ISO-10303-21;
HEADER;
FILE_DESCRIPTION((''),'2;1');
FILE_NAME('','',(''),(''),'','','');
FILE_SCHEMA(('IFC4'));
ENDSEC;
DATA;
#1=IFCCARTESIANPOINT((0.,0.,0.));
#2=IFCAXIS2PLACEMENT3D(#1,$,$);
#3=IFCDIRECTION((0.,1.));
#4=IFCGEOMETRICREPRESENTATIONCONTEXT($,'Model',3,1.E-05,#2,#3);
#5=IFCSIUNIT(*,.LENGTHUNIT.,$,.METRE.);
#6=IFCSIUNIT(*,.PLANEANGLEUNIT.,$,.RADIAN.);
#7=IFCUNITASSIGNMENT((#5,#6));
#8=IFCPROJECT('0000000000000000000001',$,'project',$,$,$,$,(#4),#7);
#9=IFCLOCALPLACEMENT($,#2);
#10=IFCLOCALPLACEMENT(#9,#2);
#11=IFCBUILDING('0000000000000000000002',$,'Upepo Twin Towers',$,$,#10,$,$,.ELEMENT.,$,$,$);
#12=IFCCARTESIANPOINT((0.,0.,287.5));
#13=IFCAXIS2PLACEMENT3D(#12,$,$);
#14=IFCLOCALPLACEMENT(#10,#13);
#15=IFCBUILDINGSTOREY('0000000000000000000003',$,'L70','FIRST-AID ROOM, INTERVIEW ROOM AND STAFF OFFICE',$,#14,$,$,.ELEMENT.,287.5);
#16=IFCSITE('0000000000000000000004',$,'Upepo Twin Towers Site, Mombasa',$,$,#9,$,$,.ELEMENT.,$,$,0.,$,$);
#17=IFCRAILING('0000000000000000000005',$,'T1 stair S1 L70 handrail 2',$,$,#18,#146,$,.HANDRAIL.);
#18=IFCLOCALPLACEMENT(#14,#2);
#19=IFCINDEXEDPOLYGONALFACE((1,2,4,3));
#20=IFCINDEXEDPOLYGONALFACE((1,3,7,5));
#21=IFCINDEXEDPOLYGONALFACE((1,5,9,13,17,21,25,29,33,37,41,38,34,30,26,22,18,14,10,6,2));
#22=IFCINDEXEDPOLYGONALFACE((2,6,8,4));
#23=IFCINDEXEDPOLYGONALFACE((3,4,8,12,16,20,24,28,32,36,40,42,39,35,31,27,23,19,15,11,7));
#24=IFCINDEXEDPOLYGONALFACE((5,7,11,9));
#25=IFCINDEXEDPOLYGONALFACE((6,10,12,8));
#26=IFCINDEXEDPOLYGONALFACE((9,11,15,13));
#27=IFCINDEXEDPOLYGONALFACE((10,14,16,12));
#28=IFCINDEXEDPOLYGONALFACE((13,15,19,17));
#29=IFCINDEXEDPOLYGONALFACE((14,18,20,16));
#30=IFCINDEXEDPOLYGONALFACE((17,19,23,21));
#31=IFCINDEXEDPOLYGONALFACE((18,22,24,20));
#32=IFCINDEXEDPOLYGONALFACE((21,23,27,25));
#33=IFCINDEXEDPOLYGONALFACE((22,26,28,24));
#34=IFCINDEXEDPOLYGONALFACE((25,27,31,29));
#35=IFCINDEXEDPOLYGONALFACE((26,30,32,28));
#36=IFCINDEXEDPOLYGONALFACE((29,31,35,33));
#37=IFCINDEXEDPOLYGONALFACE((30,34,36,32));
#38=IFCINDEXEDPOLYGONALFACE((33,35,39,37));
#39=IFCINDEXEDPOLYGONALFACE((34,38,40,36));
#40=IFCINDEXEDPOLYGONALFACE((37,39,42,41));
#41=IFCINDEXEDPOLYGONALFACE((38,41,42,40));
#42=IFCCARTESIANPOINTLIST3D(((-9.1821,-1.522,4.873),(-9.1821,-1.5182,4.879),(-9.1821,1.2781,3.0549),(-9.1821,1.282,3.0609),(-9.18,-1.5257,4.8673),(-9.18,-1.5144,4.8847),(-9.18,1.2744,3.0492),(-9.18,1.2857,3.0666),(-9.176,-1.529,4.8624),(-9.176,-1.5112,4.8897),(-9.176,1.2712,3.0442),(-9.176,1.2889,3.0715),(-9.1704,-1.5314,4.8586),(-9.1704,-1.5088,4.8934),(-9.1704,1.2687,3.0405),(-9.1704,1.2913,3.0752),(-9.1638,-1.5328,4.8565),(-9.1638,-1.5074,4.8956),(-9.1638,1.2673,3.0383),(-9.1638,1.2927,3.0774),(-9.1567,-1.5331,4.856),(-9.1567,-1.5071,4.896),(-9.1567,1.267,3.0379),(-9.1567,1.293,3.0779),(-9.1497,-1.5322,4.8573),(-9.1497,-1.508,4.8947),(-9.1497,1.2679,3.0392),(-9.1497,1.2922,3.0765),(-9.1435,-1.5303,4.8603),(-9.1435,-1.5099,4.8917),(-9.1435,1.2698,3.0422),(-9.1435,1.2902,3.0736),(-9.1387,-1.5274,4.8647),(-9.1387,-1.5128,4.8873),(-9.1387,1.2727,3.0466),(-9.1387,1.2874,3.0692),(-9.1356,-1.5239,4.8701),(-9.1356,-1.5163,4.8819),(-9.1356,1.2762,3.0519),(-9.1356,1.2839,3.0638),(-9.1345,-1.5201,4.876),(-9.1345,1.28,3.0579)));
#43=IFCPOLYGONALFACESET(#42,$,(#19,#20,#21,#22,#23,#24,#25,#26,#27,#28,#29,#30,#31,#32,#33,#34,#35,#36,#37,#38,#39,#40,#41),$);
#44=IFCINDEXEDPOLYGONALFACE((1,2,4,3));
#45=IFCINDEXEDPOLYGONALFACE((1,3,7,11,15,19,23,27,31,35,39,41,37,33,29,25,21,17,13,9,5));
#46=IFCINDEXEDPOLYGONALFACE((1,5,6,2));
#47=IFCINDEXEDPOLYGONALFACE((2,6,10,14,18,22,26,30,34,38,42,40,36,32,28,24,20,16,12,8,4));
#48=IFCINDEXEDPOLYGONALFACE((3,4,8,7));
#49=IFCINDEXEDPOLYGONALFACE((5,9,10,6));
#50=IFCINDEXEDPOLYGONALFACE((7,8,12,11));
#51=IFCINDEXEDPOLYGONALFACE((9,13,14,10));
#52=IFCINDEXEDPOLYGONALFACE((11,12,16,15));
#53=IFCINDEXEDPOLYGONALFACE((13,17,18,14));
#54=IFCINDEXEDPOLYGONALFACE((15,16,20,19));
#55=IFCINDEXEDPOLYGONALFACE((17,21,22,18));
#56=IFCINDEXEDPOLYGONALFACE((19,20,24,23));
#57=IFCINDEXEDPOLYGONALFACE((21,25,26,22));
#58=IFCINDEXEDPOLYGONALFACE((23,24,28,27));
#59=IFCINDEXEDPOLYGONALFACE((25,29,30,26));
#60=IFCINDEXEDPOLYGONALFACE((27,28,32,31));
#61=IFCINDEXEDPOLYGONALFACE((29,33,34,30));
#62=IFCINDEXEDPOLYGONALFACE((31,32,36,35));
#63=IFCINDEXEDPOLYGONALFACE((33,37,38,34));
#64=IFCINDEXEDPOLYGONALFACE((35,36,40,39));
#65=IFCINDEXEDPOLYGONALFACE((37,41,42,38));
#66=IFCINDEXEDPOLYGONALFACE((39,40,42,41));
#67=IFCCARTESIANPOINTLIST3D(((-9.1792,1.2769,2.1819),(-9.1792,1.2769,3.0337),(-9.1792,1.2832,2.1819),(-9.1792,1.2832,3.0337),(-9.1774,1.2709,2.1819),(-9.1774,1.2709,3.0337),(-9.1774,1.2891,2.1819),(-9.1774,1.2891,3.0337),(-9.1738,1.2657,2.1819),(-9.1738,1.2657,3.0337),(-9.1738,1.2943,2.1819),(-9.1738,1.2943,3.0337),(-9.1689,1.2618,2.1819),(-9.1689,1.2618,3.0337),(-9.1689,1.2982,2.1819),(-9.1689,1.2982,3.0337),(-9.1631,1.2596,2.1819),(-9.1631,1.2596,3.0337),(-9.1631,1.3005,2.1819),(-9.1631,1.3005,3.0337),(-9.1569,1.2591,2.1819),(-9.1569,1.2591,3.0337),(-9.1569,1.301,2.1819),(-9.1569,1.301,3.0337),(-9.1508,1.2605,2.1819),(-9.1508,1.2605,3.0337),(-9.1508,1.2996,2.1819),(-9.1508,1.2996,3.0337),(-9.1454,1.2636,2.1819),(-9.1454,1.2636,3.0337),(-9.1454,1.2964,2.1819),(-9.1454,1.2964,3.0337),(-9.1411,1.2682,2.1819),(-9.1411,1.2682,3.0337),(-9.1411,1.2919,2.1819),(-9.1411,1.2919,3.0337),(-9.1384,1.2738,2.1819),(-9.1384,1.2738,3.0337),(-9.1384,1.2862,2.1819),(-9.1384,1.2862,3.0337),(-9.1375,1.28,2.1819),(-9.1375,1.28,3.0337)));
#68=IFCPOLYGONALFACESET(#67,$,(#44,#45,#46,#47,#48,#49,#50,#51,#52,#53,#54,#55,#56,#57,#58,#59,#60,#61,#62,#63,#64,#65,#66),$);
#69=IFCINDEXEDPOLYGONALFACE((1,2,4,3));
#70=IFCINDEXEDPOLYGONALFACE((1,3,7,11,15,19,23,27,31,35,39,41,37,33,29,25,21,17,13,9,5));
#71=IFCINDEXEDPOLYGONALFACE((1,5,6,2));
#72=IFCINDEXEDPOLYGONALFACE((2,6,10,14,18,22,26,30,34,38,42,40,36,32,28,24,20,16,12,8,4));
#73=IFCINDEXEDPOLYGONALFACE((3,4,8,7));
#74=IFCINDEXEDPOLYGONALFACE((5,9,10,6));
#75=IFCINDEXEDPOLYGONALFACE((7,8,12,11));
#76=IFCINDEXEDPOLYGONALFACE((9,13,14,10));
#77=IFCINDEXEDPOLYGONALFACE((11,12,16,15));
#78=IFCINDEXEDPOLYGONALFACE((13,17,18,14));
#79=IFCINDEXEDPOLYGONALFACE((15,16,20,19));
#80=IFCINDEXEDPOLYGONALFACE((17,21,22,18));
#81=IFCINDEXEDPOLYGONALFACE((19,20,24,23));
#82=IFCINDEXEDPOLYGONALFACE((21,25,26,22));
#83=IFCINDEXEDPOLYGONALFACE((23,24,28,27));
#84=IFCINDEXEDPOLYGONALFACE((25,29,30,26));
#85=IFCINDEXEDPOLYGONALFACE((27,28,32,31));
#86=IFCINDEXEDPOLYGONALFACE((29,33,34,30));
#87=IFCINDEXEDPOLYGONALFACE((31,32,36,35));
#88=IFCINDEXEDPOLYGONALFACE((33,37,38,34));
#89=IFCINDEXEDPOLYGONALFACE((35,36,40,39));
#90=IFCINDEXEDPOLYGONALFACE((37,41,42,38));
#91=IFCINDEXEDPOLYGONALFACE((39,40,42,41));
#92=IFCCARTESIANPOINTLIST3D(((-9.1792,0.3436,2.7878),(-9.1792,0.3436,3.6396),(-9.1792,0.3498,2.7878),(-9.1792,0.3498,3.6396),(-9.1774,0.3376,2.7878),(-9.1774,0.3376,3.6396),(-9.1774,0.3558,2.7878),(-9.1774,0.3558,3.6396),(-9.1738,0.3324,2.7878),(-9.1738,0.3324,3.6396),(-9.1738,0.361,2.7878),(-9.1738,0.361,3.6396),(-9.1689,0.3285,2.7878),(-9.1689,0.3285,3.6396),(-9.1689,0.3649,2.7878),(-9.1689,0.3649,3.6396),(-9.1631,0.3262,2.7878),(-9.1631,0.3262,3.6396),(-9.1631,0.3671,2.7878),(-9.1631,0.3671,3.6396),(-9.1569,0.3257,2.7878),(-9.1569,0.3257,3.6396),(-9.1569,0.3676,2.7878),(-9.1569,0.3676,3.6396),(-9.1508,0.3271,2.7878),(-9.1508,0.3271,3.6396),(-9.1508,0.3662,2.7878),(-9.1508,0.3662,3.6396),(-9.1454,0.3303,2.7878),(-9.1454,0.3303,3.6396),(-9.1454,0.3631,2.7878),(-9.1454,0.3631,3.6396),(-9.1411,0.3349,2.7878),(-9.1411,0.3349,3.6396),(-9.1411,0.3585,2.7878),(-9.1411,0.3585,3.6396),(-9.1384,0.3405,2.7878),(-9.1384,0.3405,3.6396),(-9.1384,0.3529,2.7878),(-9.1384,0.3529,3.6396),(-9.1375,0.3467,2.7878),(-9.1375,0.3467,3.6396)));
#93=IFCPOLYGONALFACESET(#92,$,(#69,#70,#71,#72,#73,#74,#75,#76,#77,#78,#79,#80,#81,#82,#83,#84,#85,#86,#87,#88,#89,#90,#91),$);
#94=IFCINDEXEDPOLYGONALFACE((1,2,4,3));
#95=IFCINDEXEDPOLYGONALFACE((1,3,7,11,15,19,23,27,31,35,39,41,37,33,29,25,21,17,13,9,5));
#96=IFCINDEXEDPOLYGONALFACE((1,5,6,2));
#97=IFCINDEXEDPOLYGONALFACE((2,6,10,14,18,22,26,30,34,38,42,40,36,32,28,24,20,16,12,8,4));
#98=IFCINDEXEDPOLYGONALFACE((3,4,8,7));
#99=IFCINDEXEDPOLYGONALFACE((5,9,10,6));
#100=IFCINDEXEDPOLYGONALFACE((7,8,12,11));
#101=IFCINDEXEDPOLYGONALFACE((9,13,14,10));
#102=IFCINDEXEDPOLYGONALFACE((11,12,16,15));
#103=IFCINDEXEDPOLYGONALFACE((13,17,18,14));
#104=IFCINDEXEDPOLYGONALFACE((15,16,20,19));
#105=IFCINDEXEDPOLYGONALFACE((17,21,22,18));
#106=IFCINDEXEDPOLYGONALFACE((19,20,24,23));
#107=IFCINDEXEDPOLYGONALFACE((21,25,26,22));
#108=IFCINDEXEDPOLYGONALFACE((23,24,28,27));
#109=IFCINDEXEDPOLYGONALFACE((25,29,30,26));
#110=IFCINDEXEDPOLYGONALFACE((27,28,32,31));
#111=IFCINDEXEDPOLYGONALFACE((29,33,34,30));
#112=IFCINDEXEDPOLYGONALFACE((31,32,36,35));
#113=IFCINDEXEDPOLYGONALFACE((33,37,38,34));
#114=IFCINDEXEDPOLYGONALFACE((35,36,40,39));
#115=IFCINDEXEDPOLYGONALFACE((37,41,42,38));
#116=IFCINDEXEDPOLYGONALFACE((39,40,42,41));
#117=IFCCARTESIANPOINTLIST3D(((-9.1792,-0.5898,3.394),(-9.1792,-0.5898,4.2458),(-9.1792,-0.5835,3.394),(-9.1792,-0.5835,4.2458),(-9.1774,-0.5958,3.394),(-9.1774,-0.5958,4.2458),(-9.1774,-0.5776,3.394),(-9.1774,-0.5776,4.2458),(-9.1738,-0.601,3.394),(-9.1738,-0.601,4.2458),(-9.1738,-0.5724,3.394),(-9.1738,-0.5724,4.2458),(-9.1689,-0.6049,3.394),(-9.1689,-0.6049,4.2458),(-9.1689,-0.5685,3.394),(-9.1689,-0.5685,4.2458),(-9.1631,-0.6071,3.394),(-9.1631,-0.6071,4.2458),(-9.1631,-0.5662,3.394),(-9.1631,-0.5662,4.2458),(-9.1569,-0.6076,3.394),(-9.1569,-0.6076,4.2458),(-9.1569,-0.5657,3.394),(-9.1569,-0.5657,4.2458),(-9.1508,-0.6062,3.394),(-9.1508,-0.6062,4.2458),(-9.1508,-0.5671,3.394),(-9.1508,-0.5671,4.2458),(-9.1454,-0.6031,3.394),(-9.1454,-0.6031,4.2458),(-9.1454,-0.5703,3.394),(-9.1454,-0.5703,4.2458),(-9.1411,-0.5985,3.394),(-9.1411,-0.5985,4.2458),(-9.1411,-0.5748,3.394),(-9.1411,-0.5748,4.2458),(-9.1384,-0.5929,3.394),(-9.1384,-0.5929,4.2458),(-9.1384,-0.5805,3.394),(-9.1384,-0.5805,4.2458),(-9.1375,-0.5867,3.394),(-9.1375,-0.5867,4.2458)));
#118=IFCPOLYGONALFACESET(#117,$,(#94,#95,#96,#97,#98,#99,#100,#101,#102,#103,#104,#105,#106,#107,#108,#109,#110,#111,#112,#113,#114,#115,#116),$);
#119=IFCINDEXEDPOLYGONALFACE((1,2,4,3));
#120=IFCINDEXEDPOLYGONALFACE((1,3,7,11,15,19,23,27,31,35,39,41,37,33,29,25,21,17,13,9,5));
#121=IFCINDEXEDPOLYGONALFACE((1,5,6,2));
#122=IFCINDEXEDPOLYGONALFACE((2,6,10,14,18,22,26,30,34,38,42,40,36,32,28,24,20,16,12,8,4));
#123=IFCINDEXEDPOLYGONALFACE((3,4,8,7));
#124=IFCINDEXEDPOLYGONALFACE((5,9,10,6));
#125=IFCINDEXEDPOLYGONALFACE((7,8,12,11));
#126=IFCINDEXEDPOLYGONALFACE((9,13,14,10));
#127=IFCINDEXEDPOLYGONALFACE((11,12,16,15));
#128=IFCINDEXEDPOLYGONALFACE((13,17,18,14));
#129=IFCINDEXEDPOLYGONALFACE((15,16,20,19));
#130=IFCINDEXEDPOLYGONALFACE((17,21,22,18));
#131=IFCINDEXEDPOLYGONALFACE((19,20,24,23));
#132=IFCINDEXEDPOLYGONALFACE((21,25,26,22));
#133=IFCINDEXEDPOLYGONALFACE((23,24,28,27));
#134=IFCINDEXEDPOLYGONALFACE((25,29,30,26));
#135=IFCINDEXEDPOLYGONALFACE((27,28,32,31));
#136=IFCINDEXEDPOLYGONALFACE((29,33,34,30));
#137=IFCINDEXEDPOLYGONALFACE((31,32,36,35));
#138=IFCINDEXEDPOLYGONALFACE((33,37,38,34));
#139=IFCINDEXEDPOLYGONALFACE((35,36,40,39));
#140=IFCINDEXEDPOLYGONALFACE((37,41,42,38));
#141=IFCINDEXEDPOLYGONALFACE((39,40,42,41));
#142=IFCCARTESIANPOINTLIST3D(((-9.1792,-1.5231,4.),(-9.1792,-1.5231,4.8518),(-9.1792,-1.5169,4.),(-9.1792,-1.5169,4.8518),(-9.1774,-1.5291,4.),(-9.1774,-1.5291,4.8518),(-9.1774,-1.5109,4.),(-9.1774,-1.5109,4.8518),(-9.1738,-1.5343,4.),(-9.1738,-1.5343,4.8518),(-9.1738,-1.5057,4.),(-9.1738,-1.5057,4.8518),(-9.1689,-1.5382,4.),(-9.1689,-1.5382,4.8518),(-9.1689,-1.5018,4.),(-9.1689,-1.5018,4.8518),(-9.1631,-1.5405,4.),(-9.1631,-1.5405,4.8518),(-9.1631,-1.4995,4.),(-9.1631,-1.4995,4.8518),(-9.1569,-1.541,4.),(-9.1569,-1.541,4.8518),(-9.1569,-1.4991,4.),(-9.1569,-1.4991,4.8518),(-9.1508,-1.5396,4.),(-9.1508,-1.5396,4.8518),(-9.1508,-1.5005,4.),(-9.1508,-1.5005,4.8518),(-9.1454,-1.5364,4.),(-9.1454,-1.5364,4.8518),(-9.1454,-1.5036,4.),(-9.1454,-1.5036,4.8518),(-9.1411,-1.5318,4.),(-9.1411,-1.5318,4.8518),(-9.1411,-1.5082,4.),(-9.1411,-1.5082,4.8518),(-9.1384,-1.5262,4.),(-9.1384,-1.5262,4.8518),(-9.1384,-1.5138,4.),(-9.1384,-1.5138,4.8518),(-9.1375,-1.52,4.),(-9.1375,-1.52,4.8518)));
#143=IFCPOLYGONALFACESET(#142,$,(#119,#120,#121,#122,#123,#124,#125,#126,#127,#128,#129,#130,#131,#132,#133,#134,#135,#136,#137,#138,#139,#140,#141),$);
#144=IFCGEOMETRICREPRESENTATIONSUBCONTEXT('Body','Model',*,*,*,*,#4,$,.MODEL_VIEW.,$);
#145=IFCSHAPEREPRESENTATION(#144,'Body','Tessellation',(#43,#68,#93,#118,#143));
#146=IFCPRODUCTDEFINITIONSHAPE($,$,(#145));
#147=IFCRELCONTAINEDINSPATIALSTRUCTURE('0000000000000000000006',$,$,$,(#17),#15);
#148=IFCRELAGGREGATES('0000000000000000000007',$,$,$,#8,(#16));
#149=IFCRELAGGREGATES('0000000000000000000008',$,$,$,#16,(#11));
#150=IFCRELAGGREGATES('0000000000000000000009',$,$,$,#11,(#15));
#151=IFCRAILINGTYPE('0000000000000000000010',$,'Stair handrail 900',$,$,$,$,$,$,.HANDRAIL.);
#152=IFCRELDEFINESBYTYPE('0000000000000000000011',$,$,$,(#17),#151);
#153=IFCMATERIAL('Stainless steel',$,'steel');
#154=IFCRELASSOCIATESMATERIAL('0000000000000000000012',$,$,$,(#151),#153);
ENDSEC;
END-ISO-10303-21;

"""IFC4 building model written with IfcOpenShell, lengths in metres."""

from ifc_helpers import new_model, si_unit, direction, frame, origin, origin_2d, place, context, subcontext, project, spatial, circle, extrude, material, type_object, element, save


model = new_model("IFC4")

# Units and contexts
model_context = context("Model", 3, precision=1e-05, world=origin(), true_north=direction((0.0, 1.0)))
body_context = subcontext(model_context, "Body", "Model", "MODEL_VIEW")
ifc_project = project(units=[si_unit("LENGTHUNIT", "METRE"), si_unit("PLANEANGLEUNIT", "RADIAN")], contexts=[model_context])

# Site, building, storey
site_placement = place(None, origin())
site = spatial("IfcSite", under=ifc_project, at=site_placement, Name="Upepo Twin Towers Site, Mombasa", CompositionType="ELEMENT", RefElevation=0.0)
building_placement = place(site_placement, origin())
building = spatial("IfcBuilding", under=site, at=building_placement, Name="Upepo Twin Towers", CompositionType="ELEMENT")
storey_placement = place(building_placement, frame((0.0, 0.0, 287.5)))
storey = spatial("IfcBuildingStorey", under=building, at=storey_placement, Name="L70", Description="FIRST-AID ROOM, INTERVIEW ROOM AND STAFF OFFICE", CompositionType="ELEMENT", Elevation=287.5)

# Railing
ifc_material_1 = material(Name="Stainless steel", Category="steel")
railing_type = type_object("IfcRailingType", Name="Stair handrail 900", PredefinedType="HANDRAIL", material=ifc_material_1)
railing_placement = place(storey_placement, frame((-9.1584, 1.28, 2.1819)))
element("IfcRailing", 1, at=railing_placement, inside=storey, type_object=railing_type, Name="T1 stair S1 L70 handrail 2", PredefinedType="HANDRAIL", context=body_context, shape_type="SweptSolid", body=[
    extrude(circle(Radius=0.0239, at=origin_2d()), frame((0.0, 0.0, 0.876), z_axis=(0.0, -0.838706, 0.544585), x_axis=(1.0, 0.0, 0.0)), (0.0, 0.0, 1.0), 3.3386),
    extrude(circle(Radius=0.021, at=origin_2d()), origin(), (0.0, 0.0, 1.0), 0.8518),
    extrude(circle(Radius=0.021, at=origin_2d()), frame((0.0, -0.9333, 0.606)), (0.0, 0.0, 1.0), 0.8518),
    extrude(circle(Radius=0.021, at=origin_2d()), frame((0.0, -1.8667, 1.2122)), (0.0, 0.0, 1.0), 0.8518),
    extrude(circle(Radius=0.021, at=origin_2d()), frame((0.0, -2.8, 1.8181)), (0.0, 0.0, 1.0), 0.8518),
])

save(model, "model.ifc")
